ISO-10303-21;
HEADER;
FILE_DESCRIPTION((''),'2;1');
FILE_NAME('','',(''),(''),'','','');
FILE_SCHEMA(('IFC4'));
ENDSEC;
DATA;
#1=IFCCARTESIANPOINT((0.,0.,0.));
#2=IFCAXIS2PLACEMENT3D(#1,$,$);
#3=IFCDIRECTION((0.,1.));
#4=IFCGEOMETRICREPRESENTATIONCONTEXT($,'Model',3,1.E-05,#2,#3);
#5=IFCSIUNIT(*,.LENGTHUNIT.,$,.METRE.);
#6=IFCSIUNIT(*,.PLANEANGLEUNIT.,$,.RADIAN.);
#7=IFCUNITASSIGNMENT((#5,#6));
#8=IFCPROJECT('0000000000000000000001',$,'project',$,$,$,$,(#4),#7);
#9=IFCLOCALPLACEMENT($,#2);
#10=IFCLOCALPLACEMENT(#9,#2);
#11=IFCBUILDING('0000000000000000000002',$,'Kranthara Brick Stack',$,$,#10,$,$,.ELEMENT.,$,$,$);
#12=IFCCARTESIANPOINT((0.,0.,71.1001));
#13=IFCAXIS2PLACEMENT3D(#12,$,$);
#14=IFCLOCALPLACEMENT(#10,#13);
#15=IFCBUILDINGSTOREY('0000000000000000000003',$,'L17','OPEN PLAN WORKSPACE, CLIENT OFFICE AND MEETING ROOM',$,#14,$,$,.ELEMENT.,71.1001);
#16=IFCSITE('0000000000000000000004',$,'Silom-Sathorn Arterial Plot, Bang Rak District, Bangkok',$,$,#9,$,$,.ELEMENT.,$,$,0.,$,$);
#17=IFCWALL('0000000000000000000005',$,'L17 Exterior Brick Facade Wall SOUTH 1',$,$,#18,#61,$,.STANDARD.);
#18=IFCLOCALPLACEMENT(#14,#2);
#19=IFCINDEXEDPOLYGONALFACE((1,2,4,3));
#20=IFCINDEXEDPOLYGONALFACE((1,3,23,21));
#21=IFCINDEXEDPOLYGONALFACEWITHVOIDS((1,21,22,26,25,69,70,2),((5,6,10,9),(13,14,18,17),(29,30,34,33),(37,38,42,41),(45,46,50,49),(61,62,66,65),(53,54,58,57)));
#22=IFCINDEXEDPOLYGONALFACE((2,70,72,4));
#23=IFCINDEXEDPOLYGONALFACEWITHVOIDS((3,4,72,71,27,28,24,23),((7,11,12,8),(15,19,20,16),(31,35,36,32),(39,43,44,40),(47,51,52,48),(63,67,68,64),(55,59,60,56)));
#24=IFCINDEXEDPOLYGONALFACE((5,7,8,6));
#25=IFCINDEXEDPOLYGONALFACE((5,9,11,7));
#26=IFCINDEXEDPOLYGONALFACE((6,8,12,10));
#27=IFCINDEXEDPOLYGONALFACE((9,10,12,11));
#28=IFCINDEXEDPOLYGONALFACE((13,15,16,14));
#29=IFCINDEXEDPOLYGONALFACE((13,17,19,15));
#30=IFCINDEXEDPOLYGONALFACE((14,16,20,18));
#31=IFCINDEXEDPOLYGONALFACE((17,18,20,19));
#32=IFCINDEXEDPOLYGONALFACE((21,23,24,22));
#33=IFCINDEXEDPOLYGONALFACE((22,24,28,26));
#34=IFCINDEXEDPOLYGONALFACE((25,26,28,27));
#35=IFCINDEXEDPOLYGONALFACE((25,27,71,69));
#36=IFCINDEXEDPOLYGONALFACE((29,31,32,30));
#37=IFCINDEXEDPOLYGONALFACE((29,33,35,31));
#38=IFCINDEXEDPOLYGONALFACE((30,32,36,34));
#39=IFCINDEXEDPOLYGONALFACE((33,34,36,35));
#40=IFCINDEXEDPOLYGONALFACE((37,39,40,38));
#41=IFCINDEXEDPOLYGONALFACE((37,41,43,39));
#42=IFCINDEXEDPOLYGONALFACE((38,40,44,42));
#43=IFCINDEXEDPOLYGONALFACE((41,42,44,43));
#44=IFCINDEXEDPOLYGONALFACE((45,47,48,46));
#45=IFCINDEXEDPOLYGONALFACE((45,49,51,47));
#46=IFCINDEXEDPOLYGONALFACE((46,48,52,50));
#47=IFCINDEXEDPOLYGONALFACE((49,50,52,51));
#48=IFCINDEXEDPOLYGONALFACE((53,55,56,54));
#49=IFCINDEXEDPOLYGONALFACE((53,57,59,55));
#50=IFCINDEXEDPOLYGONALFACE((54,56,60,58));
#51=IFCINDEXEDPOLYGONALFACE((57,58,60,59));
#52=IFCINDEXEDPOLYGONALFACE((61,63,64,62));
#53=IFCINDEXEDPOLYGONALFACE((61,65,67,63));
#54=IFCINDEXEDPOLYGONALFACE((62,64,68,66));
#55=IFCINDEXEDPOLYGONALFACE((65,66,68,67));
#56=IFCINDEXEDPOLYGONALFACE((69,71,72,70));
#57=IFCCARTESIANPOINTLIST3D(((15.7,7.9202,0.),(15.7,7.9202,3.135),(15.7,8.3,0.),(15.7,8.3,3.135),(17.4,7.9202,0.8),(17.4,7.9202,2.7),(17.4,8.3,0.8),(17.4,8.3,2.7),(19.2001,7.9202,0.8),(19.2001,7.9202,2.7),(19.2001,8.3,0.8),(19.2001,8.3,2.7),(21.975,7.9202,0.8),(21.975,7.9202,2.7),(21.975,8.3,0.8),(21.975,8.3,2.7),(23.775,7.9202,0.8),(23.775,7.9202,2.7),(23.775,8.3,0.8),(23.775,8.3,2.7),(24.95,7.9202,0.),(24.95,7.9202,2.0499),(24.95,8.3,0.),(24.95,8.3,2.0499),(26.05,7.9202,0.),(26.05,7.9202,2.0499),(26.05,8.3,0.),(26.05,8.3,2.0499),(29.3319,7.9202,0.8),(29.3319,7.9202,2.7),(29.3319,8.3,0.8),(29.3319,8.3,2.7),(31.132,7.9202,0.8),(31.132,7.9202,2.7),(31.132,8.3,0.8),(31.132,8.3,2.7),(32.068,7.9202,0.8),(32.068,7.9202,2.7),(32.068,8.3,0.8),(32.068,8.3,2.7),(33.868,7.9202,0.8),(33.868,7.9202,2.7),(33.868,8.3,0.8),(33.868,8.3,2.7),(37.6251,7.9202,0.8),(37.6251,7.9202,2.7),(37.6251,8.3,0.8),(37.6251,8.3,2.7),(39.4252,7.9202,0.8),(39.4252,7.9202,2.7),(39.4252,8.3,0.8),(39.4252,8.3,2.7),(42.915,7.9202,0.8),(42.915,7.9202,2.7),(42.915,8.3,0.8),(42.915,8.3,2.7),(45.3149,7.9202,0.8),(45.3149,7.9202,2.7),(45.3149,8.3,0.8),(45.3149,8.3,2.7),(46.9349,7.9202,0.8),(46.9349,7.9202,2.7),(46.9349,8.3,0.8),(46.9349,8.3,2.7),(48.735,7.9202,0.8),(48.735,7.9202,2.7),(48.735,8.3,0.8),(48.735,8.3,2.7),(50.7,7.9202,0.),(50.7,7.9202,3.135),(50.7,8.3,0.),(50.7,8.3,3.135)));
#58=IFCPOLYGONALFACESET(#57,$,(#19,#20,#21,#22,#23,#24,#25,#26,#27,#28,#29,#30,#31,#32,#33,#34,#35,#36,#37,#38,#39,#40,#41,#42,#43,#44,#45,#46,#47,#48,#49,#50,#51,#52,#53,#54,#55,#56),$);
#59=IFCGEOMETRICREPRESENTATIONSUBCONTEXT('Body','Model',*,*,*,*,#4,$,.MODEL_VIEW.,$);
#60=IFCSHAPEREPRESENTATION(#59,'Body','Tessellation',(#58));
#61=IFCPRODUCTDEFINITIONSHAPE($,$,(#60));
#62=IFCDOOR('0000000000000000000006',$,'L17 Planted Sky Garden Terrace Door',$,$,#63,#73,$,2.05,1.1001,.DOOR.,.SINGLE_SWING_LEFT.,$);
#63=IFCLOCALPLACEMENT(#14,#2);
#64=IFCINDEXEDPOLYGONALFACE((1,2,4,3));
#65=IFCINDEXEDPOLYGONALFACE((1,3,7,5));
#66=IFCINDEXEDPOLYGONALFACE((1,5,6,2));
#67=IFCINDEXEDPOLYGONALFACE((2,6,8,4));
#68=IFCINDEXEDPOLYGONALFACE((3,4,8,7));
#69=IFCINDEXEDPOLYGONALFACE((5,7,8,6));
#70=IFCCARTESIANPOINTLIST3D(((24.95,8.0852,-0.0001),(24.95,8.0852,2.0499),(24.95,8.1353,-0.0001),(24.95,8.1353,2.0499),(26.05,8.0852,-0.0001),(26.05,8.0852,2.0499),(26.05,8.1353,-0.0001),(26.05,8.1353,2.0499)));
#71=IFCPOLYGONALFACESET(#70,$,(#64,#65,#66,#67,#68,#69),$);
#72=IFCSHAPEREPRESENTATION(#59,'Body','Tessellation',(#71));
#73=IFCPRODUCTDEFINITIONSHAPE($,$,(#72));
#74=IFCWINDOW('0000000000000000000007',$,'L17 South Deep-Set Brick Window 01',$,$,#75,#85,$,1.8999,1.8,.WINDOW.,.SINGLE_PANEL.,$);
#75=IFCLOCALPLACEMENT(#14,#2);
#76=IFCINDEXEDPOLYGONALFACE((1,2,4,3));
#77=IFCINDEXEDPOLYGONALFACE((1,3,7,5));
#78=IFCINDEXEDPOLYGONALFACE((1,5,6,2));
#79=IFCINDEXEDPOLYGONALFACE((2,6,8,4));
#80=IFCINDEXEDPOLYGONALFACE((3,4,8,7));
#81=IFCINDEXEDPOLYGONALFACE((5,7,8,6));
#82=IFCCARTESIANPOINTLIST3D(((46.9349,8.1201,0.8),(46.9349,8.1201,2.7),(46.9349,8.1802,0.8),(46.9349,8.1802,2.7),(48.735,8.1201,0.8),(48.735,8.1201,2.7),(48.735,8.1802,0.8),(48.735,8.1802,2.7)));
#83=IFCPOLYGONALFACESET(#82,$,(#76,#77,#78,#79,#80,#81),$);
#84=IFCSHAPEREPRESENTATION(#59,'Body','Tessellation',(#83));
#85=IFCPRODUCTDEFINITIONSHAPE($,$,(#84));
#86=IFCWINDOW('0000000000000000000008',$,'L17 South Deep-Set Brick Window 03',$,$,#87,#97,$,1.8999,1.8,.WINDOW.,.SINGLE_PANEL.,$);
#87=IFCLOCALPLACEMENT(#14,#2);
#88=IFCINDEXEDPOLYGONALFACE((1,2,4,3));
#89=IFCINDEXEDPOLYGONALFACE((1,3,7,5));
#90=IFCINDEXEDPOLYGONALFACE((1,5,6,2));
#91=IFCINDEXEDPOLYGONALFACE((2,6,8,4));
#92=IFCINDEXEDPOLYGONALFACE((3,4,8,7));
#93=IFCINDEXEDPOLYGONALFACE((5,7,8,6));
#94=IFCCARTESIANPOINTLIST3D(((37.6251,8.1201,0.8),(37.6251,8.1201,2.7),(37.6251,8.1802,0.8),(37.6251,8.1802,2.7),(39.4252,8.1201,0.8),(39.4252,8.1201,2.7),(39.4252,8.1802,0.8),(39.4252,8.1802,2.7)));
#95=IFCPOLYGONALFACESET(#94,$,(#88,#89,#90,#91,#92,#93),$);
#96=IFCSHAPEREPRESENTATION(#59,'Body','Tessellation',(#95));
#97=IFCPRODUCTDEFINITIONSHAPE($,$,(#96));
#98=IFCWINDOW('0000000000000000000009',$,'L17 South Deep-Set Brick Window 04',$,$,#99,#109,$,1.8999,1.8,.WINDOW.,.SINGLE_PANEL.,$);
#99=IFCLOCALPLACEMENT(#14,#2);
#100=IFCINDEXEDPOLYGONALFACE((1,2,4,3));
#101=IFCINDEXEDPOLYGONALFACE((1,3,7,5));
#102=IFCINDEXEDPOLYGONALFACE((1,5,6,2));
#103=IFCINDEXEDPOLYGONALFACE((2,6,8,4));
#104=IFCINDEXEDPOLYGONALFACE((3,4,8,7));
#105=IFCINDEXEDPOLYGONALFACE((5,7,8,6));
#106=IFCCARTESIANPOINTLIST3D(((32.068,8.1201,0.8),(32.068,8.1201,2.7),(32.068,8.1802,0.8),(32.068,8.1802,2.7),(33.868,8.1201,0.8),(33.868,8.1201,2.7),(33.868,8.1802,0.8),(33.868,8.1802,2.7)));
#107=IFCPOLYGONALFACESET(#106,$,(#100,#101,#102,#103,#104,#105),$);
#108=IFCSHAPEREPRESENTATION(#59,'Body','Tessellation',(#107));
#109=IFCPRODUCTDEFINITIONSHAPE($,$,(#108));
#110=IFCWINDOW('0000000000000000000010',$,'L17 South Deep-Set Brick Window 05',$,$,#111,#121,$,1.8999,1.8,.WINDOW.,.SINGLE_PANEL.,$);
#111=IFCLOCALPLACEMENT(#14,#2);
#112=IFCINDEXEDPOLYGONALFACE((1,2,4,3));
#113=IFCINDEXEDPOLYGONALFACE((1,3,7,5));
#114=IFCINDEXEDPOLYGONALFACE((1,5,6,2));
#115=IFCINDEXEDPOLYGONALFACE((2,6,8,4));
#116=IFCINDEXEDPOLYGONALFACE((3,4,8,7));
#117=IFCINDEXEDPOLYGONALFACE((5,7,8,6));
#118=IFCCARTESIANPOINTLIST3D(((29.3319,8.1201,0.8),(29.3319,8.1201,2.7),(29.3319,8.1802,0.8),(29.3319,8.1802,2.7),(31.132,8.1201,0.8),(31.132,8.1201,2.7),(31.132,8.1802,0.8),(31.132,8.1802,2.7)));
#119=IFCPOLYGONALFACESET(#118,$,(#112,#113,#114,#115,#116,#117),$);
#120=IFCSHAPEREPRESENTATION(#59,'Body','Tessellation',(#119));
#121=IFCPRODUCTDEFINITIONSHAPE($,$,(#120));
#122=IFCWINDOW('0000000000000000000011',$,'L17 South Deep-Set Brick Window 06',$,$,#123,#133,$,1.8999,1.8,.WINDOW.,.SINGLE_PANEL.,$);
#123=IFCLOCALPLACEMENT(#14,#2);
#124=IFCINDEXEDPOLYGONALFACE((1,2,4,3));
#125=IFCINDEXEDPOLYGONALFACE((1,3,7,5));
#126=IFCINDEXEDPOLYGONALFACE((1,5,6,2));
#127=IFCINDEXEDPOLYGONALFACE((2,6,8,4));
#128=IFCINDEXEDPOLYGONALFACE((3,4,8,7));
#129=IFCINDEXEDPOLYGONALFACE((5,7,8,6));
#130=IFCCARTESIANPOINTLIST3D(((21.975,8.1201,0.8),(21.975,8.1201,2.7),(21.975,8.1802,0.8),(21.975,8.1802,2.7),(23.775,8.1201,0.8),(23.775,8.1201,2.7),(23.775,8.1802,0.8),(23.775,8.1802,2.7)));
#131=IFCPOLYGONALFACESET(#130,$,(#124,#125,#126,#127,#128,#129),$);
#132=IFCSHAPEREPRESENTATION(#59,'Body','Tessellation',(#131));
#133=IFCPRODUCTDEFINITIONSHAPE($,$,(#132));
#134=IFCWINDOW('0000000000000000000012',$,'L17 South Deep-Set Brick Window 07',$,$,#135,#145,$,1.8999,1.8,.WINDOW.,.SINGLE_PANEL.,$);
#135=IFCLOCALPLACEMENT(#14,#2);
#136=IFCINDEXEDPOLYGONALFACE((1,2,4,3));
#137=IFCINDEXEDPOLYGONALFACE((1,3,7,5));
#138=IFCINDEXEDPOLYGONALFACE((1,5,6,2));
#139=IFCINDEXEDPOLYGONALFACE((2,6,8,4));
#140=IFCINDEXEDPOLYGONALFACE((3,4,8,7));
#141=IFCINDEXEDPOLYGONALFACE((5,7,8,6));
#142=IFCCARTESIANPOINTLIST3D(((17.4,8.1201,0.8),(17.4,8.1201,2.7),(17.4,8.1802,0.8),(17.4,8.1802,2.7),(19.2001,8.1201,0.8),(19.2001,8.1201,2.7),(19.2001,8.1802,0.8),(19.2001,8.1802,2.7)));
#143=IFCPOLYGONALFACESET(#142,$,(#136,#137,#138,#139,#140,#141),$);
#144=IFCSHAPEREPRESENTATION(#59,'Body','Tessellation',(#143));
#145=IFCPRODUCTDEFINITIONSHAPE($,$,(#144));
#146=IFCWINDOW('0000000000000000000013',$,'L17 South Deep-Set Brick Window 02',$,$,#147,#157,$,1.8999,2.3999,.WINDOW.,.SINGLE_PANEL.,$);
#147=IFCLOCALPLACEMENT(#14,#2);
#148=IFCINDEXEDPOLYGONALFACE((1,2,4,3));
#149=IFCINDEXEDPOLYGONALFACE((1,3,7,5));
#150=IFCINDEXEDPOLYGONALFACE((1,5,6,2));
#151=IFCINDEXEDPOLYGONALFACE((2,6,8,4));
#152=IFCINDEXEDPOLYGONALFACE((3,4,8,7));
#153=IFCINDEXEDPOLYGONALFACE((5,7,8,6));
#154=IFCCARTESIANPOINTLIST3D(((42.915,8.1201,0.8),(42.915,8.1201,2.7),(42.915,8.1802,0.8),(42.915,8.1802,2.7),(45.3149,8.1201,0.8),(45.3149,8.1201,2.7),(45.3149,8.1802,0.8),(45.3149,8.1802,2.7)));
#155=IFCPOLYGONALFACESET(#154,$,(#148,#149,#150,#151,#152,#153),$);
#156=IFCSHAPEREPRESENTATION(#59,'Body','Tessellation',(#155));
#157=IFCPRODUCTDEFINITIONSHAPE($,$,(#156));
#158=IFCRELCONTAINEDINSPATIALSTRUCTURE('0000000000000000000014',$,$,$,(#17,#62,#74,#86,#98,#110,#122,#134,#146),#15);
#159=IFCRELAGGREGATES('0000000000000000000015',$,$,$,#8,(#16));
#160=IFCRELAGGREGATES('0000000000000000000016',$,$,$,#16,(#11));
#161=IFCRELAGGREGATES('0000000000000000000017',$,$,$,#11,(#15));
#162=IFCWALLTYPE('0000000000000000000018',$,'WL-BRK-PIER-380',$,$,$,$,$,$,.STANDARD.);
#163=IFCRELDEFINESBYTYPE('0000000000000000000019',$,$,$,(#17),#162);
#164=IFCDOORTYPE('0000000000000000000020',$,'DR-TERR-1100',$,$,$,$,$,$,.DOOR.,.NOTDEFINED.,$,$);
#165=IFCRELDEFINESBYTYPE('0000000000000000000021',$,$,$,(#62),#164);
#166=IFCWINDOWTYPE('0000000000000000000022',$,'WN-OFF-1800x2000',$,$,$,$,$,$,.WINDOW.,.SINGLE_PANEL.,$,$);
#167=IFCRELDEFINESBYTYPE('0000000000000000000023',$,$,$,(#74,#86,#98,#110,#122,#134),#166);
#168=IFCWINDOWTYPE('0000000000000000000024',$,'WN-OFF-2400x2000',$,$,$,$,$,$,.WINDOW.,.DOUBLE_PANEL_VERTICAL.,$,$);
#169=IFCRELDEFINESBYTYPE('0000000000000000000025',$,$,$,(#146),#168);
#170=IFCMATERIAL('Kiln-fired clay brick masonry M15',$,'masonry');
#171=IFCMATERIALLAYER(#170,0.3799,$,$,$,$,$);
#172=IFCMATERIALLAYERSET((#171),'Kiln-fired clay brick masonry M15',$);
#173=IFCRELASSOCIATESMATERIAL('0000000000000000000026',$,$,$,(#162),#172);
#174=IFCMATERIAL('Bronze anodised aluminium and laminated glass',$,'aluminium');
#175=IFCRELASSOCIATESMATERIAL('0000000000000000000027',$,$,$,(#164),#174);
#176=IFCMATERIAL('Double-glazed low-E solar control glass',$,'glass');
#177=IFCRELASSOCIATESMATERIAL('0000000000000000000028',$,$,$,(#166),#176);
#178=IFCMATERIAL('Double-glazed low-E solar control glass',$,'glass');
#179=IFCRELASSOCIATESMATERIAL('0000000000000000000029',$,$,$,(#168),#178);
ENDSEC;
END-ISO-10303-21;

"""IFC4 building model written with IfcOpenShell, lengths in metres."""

from ifc_helpers import new_model, si_unit, direction, frame, frame_2d, origin, place, context, subcontext, project, spatial, rectangle, extrude, material, layer, layer_set, type_object, element, fill, save


model = new_model("IFC4")

# Units and contexts
model_context = context("Model", 3, precision=1e-05, world=origin(), true_north=direction((0.0, 1.0)))
body_context = subcontext(model_context, "Body", "Model", "MODEL_VIEW")
ifc_project = project(units=[si_unit("LENGTHUNIT", "METRE"), si_unit("PLANEANGLEUNIT", "RADIAN")], contexts=[model_context])

# Site, building, storey
site_placement = place(None, origin())
site = spatial("IfcSite", under=ifc_project, at=site_placement, Name="Silom-Sathorn Arterial Plot, Bang Rak District, Bangkok", CompositionType="ELEMENT", RefElevation=0.0)
building_placement = place(site_placement, origin())
building = spatial("IfcBuilding", under=site, at=building_placement, Name="Kranthara Brick Stack", CompositionType="ELEMENT")
storey_placement = place(building_placement, frame((0.0, 0.0, 71.1001)))
storey = spatial("IfcBuildingStorey", under=building, at=storey_placement, Name="L17", Description="OPEN PLAN WORKSPACE, CLIENT OFFICE AND MEETING ROOM", CompositionType="ELEMENT", Elevation=71.1001)

# Wall, openings, door, windows
ifc_material_1 = material(Name="Kiln-fired clay brick masonry M15", Category="masonry")
ifc_layer_1 = layer(ifc_material_1, 0.3799)
ifc_layer_set_1 = layer_set([ifc_layer_1], Name="Kiln-fired clay brick masonry M15")
wall_type_1 = type_object("IfcWallType", Name="WL-BRK-PIER-380", PredefinedType="STANDARD", material=ifc_layer_set_1)
wall_1_placement = place(storey_placement, frame((50.7, 8.1101, 0.0), z_axis=(0.0, 0.0, 1.0), x_axis=(-1.0, 0.0, 0.0)))
wall_1 = element("IfcWall", 1, at=wall_1_placement, inside=storey, type_object=wall_type_1, Name="L17 Exterior Brick Facade Wall SOUTH 1", PredefinedType="STANDARD", context=body_context, shape_type="SweptSolid", body=[
    extrude(rectangle(XDim=35.0, YDim=0.3799, at=frame_2d((17.5, 0.0))), origin(), (0.0, 0.0, 1.0), 3.135),
])
opening_1_placement = place(wall_1_placement, frame((24.6499, 0.0, 0.0)))
opening_1 = element("IfcOpeningElement", 2, at=opening_1_placement, cuts=wall_1, PredefinedType="OPENING", context=body_context, shape_type="SweptSolid", body=[
    extrude(rectangle(XDim=1.1001, YDim=2.05, at=frame_2d((0.55, 1.0249))), frame((0.0, 0.2, 0.0), z_axis=(0.0, -1.0, 0.0), x_axis=(1.0, 0.0, 0.0)), (0.0, 0.0, 1.0), 0.3999),
])
opening_2_placement = place(wall_1_placement, frame((1.9651, 0.0, 0.8)))
opening_2 = element("IfcOpeningElement", 3, at=opening_2_placement, cuts=wall_1, PredefinedType="OPENING", context=body_context, shape_type="SweptSolid", body=[
    extrude(rectangle(XDim=1.8, YDim=1.8999, at=frame_2d((0.8999, 0.95))), frame((0.0, 0.2, 0.0), z_axis=(0.0, -1.0, 0.0), x_axis=(1.0, 0.0, 0.0)), (0.0, 0.0, 1.0), 0.3999),
])
opening_3_placement = place(wall_1_placement, frame((5.385, 0.0, 0.8)))
opening_3 = element("IfcOpeningElement", 4, at=opening_3_placement, cuts=wall_1, PredefinedType="OPENING", context=body_context, shape_type="SweptSolid", body=[
    extrude(rectangle(XDim=2.3999, YDim=1.8999, at=frame_2d((1.2, 0.95))), frame((0.0, 0.2, 0.0), z_axis=(0.0, -1.0, 0.0), x_axis=(1.0, 0.0, 0.0)), (0.0, 0.0, 1.0), 0.3999),
])
opening_4_placement = place(wall_1_placement, frame((11.2749, 0.0, 0.8)))
opening_4 = element("IfcOpeningElement", 5, at=opening_4_placement, cuts=wall_1, PredefinedType="OPENING", context=body_context, shape_type="SweptSolid", body=[
    extrude(rectangle(XDim=1.8, YDim=1.8999, at=frame_2d((0.8999, 0.95))), frame((0.0, 0.2, 0.0), z_axis=(0.0, -1.0, 0.0), x_axis=(1.0, 0.0, 0.0)), (0.0, 0.0, 1.0), 0.3999),
])
opening_5_placement = place(wall_1_placement, frame((16.832, 0.0, 0.8)))
opening_5 = element("IfcOpeningElement", 6, at=opening_5_placement, cuts=wall_1, PredefinedType="OPENING", context=body_context, shape_type="SweptSolid", body=[
    extrude(rectangle(XDim=1.8, YDim=1.8999, at=frame_2d((0.8999, 0.95))), frame((0.0, 0.2, 0.0), z_axis=(0.0, -1.0, 0.0), x_axis=(1.0, 0.0, 0.0)), (0.0, 0.0, 1.0), 0.3999),
])
opening_6_placement = place(wall_1_placement, frame((19.5681, 0.0, 0.8)))
opening_6 = element("IfcOpeningElement", 7, at=opening_6_placement, cuts=wall_1, PredefinedType="OPENING", context=body_context, shape_type="SweptSolid", body=[
    extrude(rectangle(XDim=1.8, YDim=1.8999, at=frame_2d((0.8999, 0.95))), frame((0.0, 0.2, 0.0), z_axis=(0.0, -1.0, 0.0), x_axis=(1.0, 0.0, 0.0)), (0.0, 0.0, 1.0), 0.3999),
])
opening_7_placement = place(wall_1_placement, frame((26.925, 0.0, 0.8)))
opening_7 = element("IfcOpeningElement", 8, at=opening_7_placement, cuts=wall_1, PredefinedType="OPENING", context=body_context, shape_type="SweptSolid", body=[
    extrude(rectangle(XDim=1.8, YDim=1.8999, at=frame_2d((0.8999, 0.95))), frame((0.0, 0.2, 0.0), z_axis=(0.0, -1.0, 0.0), x_axis=(1.0, 0.0, 0.0)), (0.0, 0.0, 1.0), 0.3999),
])
opening_8_placement = place(wall_1_placement, frame((31.5, 0.0, 0.8)))
opening_8 = element("IfcOpeningElement", 9, at=opening_8_placement, cuts=wall_1, PredefinedType="OPENING", context=body_context, shape_type="SweptSolid", body=[
    extrude(rectangle(XDim=1.8, YDim=1.8999, at=frame_2d((0.8999, 0.95))), frame((0.0, 0.2, 0.0), z_axis=(0.0, -1.0, 0.0), x_axis=(1.0, 0.0, 0.0)), (0.0, 0.0, 1.0), 0.3999),
])
ifc_material_2 = material(Name="Bronze anodised aluminium and laminated glass", Category="aluminium")
door_type = type_object("IfcDoorType", Name="DR-TERR-1100", OperationType="NOTDEFINED", PredefinedType="DOOR", material=ifc_material_2)
door_placement = place(opening_1_placement, origin())
door = element("IfcDoor", 10, at=door_placement, inside=storey, type_object=door_type, Name="L17 Planted Sky Garden Terrace Door", OperationType="SINGLE_SWING_LEFT", OverallHeight=2.05, OverallWidth=1.1001, PredefinedType="DOOR", context=body_context, shape_type="SweptSolid", body=[
    extrude(rectangle(XDim=1.1001, YDim=2.05, at=frame_2d((0.55, 1.0249))), frame((0.0, 0.0249, 0.0), z_axis=(0.0, -1.0, 0.0), x_axis=(1.0, 0.0, 0.0)), (0.0, 0.0, 1.0), 0.05),
])
fill(opening_1, door)
ifc_material_3 = material(Name="Double-glazed low-E solar control glass", Category="glass")
window_type_1 = type_object("IfcWindowType", Name="WN-OFF-1800x2000", PartitioningType="SINGLE_PANEL", PredefinedType="WINDOW", material=ifc_material_3)
window_1_placement = place(opening_2_placement, origin())
window_1 = element("IfcWindow", 11, at=window_1_placement, inside=storey, type_object=window_type_1, Name="L17 South Deep-Set Brick Window 01", OverallHeight=1.8999, OverallWidth=1.8, PartitioningType="SINGLE_PANEL", PredefinedType="WINDOW", context=body_context, shape_type="SweptSolid", body=[
    extrude(rectangle(XDim=1.8, YDim=1.8999, at=frame_2d((0.8999, 0.95))), frame((0.0, -0.01, 0.0), z_axis=(0.0, -1.0, 0.0), x_axis=(1.0, 0.0, 0.0)), (0.0, 0.0, 1.0), 0.0601),
])
fill(opening_2, window_1)
window_2_placement = place(opening_4_placement, origin())
window_2 = element("IfcWindow", 12, at=window_2_placement, inside=storey, type_object=window_type_1, Name="L17 South Deep-Set Brick Window 03", OverallHeight=1.8999, OverallWidth=1.8, PartitioningType="SINGLE_PANEL", PredefinedType="WINDOW", context=body_context, shape_type="SweptSolid", body=[
    extrude(rectangle(XDim=1.8, YDim=1.8999, at=frame_2d((0.8999, 0.95))), frame((0.0, -0.01, 0.0), z_axis=(0.0, -1.0, 0.0), x_axis=(1.0, 0.0, 0.0)), (0.0, 0.0, 1.0), 0.0601),
])
fill(opening_4, window_2)
window_3_placement = place(opening_5_placement, origin())
window_3 = element("IfcWindow", 13, at=window_3_placement, inside=storey, type_object=window_type_1, Name="L17 South Deep-Set Brick Window 04", OverallHeight=1.8999, OverallWidth=1.8, PartitioningType="SINGLE_PANEL", PredefinedType="WINDOW", context=body_context, shape_type="SweptSolid", body=[
    extrude(rectangle(XDim=1.8, YDim=1.8999, at=frame_2d((0.8999, 0.95))), frame((0.0, -0.01, 0.0), z_axis=(0.0, -1.0, 0.0), x_axis=(1.0, 0.0, 0.0)), (0.0, 0.0, 1.0), 0.0601),
])
fill(opening_5, window_3)
window_4_placement = place(opening_6_placement, origin())
window_4 = element("IfcWindow", 14, at=window_4_placement, inside=storey, type_object=window_type_1, Name="L17 South Deep-Set Brick Window 05", OverallHeight=1.8999, OverallWidth=1.8, PartitioningType="SINGLE_PANEL", PredefinedType="WINDOW", context=body_context, shape_type="SweptSolid", body=[
    extrude(rectangle(XDim=1.8, YDim=1.8999, at=frame_2d((0.8999, 0.95))), frame((0.0, -0.01, 0.0), z_axis=(0.0, -1.0, 0.0), x_axis=(1.0, 0.0, 0.0)), (0.0, 0.0, 1.0), 0.0601),
])
fill(opening_6, window_4)
window_5_placement = place(opening_7_placement, origin())
window_5 = element("IfcWindow", 15, at=window_5_placement, inside=storey, type_object=window_type_1, Name="L17 South Deep-Set Brick Window 06", OverallHeight=1.8999, OverallWidth=1.8, PartitioningType="SINGLE_PANEL", PredefinedType="WINDOW", context=body_context, shape_type="SweptSolid", body=[
    extrude(rectangle(XDim=1.8, YDim=1.8999, at=frame_2d((0.8999, 0.95))), frame((0.0, -0.01, 0.0), z_axis=(0.0, -1.0, 0.0), x_axis=(1.0, 0.0, 0.0)), (0.0, 0.0, 1.0), 0.0601),
])
fill(opening_7, window_5)
window_6_placement = place(opening_8_placement, origin())
window_6 = element("IfcWindow", 16, at=window_6_placement, inside=storey, type_object=window_type_1, Name="L17 South Deep-Set Brick Window 07", OverallHeight=1.8999, OverallWidth=1.8, PartitioningType="SINGLE_PANEL", PredefinedType="WINDOW", context=body_context, shape_type="SweptSolid", body=[
    extrude(rectangle(XDim=1.8, YDim=1.8999, at=frame_2d((0.8999, 0.95))), frame((0.0, -0.01, 0.0), z_axis=(0.0, -1.0, 0.0), x_axis=(1.0, 0.0, 0.0)), (0.0, 0.0, 1.0), 0.0601),
])
fill(opening_8, window_6)
ifc_material_4 = material(Name="Double-glazed low-E solar control glass", Category="glass")
window_type_2 = type_object("IfcWindowType", Name="WN-OFF-2400x2000", PartitioningType="DOUBLE_PANEL_VERTICAL", PredefinedType="WINDOW", material=ifc_material_4)
window_7_placement = place(opening_3_placement, origin())
window_7 = element("IfcWindow", 17, at=window_7_placement, inside=storey, type_object=window_type_2, Name="L17 South Deep-Set Brick Window 02", OverallHeight=1.8999, OverallWidth=2.3999, PartitioningType="SINGLE_PANEL", PredefinedType="WINDOW", context=body_context, shape_type="SweptSolid", body=[
    extrude(rectangle(XDim=2.3999, YDim=1.8999, at=frame_2d((1.2, 0.95))), frame((0.0, -0.01, 0.0), z_axis=(0.0, -1.0, 0.0), x_axis=(1.0, 0.0, 0.0)), (0.0, 0.0, 1.0), 0.0601),
])
fill(opening_3, window_7)

save(model, "model.ifc")
